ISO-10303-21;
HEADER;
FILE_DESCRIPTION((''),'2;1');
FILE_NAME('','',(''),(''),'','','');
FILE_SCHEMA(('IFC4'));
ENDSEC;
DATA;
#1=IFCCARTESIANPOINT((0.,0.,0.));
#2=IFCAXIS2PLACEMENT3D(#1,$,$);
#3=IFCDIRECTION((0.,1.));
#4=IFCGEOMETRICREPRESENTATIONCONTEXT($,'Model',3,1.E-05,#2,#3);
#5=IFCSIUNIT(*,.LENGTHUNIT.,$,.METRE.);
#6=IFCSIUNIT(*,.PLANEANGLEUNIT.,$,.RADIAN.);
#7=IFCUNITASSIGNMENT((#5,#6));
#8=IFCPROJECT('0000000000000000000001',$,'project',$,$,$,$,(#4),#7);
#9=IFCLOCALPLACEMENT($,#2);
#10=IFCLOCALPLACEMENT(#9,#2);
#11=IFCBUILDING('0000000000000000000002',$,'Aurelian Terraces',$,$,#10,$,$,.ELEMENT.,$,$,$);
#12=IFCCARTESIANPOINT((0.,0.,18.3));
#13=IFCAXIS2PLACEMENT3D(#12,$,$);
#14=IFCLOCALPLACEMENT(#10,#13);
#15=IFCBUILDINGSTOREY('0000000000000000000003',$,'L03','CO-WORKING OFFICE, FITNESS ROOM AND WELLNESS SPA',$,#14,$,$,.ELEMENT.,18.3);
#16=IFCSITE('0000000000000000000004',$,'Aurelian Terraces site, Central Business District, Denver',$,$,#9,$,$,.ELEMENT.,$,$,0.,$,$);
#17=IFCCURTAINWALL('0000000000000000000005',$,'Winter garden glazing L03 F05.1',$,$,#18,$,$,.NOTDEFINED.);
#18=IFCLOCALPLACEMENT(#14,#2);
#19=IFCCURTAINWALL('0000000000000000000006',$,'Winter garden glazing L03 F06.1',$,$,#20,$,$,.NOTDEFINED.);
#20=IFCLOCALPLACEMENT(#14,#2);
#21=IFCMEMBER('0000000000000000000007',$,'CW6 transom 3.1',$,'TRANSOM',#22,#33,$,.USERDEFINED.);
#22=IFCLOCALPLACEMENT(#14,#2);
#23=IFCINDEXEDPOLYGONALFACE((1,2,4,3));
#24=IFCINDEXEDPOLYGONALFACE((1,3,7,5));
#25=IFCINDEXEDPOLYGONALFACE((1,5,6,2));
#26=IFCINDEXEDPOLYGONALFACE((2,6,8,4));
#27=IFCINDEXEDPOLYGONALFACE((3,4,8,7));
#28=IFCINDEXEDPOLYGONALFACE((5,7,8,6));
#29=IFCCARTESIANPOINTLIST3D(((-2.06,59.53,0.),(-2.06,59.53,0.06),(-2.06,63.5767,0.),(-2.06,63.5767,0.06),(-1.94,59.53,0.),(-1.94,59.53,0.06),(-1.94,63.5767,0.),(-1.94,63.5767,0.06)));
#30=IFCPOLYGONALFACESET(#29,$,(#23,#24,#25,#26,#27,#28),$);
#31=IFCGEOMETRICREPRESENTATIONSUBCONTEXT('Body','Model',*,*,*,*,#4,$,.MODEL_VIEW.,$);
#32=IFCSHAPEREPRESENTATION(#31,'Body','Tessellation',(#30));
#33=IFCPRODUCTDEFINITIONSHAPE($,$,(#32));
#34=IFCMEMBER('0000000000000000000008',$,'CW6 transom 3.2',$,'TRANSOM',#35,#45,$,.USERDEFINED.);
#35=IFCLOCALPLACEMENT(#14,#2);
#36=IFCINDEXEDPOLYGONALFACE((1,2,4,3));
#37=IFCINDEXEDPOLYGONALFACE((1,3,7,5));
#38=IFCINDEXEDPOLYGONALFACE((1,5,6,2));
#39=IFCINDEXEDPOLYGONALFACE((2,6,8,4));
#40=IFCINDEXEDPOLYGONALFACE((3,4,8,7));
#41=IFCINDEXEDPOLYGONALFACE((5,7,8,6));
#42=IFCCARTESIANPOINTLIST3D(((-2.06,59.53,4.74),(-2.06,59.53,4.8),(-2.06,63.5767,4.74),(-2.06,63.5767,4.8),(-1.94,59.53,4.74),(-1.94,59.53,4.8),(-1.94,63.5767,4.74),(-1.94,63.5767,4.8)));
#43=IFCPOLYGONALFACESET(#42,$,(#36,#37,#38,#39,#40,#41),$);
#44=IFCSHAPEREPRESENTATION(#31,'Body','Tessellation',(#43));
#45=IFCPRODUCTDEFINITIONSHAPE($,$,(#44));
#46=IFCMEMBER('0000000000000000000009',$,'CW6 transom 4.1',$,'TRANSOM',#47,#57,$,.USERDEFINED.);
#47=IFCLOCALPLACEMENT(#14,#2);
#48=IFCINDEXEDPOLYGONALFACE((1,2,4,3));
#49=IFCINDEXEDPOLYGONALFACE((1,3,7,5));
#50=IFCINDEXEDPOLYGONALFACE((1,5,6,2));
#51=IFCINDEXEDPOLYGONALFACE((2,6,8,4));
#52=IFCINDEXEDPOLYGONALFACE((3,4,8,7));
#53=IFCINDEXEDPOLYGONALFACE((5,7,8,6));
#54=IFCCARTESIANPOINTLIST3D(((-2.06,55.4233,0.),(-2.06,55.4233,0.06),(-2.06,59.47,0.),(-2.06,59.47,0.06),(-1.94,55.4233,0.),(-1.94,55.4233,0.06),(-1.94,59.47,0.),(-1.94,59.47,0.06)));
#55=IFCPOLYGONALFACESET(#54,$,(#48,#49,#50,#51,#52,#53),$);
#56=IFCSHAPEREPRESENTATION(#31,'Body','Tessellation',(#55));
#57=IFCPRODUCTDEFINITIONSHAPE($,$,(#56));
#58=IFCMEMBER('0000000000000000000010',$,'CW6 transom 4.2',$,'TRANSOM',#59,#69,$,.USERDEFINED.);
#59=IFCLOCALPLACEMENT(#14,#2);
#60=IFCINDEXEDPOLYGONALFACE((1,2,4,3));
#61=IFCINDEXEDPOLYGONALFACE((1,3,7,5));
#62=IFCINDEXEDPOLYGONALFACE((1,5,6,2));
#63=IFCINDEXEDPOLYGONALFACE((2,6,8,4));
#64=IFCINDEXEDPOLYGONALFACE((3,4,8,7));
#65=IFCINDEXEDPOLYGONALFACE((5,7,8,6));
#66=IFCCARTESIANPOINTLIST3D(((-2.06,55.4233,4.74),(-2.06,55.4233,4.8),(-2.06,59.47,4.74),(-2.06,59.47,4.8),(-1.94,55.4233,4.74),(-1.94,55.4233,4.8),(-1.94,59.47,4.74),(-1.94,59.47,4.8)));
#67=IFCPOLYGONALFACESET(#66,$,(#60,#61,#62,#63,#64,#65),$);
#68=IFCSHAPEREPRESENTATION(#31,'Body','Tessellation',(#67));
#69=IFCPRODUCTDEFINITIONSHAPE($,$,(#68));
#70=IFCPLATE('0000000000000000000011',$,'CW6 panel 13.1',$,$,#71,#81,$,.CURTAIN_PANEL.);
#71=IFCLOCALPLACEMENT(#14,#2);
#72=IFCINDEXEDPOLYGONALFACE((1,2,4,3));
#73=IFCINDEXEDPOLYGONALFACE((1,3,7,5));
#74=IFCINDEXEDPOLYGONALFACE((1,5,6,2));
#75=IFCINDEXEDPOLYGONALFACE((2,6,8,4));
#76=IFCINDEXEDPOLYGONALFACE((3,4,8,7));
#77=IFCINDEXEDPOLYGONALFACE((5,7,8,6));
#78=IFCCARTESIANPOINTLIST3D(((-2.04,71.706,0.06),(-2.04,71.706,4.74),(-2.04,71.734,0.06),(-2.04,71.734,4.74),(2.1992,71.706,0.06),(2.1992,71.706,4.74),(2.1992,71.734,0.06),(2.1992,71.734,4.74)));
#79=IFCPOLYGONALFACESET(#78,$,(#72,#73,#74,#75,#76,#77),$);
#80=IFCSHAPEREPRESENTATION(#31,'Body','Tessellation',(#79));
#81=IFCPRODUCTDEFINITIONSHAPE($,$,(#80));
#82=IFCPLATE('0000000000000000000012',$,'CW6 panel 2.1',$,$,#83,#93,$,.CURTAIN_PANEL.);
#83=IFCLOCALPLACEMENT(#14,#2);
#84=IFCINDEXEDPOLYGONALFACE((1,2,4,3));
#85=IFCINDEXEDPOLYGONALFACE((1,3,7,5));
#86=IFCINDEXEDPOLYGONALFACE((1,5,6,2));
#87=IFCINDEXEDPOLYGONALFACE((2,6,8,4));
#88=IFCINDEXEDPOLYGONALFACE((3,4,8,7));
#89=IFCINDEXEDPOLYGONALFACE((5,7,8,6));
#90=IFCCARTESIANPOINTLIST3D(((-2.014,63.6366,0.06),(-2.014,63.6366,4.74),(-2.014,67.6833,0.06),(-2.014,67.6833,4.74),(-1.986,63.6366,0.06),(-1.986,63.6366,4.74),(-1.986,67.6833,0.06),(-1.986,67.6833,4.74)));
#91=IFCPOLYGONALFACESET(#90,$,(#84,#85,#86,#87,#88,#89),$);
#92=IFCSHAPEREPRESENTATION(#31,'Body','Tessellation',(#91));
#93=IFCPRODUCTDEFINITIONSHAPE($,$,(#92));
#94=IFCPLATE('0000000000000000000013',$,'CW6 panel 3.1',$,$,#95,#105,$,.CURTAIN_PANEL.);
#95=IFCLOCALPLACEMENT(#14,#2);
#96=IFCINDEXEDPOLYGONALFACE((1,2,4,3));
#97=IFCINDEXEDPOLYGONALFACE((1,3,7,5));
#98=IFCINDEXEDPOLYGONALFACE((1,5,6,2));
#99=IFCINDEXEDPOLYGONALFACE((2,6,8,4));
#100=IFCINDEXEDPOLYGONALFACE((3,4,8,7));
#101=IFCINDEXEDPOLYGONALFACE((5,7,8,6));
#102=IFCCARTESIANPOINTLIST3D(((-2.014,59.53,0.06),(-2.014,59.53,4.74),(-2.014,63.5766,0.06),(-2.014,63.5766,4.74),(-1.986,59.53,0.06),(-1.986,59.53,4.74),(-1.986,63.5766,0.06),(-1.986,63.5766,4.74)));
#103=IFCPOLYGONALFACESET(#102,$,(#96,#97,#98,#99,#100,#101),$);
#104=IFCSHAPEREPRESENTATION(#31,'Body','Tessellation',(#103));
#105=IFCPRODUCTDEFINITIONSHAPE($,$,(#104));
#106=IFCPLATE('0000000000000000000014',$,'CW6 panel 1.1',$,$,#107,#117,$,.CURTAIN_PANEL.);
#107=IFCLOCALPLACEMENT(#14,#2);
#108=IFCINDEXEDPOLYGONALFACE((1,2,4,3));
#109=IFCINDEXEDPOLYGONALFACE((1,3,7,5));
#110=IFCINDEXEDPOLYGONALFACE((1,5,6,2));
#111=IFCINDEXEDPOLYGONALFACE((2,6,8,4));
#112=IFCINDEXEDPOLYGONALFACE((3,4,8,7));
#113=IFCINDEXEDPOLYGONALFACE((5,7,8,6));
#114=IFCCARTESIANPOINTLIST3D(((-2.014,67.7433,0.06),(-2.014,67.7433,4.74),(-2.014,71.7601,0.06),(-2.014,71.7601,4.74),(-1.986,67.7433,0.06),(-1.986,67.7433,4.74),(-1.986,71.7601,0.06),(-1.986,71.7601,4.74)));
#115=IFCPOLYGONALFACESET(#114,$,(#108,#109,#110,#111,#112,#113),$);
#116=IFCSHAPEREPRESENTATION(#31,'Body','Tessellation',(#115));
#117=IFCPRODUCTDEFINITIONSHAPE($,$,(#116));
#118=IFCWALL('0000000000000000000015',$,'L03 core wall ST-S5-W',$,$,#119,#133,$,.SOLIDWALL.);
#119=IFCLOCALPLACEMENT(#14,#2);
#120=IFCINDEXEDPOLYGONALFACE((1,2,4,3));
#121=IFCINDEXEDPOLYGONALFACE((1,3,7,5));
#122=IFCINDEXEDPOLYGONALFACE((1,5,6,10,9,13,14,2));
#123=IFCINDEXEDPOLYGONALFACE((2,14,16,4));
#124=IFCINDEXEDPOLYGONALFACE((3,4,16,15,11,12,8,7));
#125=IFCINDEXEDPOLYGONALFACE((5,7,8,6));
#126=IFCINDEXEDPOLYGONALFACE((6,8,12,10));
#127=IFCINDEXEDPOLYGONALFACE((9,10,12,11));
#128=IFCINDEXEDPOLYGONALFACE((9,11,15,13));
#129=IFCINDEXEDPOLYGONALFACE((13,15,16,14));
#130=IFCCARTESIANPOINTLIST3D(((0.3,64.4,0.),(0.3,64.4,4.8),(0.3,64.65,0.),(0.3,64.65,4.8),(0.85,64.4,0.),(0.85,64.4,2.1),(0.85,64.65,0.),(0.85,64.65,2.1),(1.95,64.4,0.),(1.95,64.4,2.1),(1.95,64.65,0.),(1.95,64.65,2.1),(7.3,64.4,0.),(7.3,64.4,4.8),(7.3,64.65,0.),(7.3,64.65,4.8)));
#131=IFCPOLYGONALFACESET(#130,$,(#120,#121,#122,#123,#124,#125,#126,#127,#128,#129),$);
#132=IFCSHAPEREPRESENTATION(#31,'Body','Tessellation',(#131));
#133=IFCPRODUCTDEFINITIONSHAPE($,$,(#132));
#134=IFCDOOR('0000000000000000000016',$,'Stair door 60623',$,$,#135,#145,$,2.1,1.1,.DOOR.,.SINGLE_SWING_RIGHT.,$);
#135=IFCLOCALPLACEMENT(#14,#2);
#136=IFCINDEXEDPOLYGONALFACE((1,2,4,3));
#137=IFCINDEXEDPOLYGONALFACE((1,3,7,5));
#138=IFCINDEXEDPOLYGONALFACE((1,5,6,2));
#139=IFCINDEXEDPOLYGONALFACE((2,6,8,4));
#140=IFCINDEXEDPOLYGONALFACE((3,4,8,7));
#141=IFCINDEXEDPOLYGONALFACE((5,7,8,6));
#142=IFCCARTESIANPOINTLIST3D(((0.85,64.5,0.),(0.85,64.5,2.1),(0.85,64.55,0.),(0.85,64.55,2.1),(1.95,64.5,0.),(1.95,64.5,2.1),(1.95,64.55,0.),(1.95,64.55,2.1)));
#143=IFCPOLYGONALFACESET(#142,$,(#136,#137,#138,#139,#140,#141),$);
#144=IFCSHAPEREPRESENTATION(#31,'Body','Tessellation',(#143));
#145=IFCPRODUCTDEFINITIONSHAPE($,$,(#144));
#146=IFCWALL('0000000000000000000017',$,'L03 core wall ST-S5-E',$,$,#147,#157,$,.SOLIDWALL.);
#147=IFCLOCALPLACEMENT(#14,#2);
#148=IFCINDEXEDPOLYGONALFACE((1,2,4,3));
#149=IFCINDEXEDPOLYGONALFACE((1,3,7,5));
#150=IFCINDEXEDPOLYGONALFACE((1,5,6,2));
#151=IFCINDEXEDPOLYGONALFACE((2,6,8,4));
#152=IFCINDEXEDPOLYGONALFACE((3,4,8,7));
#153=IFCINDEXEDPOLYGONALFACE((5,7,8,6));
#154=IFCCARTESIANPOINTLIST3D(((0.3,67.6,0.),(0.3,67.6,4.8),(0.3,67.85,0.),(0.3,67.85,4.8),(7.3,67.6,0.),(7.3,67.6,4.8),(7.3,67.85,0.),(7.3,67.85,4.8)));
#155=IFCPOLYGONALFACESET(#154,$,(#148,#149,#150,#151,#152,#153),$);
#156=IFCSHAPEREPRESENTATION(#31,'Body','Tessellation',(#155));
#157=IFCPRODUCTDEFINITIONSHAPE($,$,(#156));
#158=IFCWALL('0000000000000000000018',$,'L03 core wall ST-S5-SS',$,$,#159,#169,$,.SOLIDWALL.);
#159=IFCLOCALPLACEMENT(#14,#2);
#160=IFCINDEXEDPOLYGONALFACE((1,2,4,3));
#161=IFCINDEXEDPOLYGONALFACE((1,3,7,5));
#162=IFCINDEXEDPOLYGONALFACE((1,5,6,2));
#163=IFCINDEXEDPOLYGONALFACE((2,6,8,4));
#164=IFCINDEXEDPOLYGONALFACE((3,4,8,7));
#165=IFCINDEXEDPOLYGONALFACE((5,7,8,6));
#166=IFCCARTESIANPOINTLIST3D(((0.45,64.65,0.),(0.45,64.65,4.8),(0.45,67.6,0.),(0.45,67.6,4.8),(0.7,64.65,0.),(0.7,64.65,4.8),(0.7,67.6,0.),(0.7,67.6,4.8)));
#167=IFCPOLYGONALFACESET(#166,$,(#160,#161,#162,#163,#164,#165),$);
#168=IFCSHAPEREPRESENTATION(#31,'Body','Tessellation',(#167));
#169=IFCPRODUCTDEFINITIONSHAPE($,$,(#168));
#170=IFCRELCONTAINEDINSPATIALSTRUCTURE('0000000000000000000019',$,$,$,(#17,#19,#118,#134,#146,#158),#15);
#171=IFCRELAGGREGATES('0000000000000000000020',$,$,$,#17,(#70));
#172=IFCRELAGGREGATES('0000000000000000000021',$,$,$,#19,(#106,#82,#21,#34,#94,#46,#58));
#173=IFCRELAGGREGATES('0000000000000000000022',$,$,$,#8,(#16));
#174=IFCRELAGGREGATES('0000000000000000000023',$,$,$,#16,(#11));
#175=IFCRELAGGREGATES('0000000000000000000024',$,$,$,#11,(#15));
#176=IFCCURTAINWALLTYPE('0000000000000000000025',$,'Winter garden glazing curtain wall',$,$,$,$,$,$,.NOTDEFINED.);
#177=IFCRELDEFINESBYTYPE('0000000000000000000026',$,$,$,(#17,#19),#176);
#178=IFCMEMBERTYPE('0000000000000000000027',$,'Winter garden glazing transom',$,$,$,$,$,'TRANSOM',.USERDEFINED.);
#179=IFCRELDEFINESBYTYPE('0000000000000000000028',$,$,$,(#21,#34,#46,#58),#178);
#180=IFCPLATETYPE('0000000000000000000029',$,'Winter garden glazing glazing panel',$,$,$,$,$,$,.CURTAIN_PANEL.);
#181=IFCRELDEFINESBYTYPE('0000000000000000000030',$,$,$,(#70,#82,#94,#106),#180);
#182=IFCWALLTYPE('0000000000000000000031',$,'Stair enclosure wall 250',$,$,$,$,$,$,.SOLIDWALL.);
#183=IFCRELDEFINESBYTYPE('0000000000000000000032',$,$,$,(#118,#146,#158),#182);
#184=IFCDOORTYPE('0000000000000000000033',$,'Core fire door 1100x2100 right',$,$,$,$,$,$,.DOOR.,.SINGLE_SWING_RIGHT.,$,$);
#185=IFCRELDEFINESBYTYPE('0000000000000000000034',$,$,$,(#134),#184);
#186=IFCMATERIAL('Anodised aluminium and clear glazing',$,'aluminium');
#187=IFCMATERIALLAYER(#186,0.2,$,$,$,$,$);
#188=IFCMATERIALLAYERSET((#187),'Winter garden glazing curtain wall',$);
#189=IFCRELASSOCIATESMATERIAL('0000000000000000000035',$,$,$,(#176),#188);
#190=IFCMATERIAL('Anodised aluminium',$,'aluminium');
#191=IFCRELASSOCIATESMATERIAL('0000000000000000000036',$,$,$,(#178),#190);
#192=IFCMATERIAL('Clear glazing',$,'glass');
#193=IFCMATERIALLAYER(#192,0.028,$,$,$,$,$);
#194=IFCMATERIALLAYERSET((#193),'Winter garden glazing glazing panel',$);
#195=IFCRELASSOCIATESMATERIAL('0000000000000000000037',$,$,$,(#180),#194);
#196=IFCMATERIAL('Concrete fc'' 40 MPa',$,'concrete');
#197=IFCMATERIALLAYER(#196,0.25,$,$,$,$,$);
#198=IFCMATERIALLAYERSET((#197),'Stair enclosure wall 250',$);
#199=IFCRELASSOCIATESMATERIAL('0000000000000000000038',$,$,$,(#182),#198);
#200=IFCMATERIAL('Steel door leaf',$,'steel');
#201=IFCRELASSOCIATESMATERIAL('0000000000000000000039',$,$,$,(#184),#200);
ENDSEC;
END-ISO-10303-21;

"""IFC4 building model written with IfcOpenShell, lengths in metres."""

from ifc_helpers import new_model, si_unit, direction, frame, frame_2d, origin, origin_2d, place, context, subcontext, project, spatial, rectangle, extrude, source, transform, mapped, material, layer, layer_set, material_profile, profile_set, type_object, element, fill, aggregate, save


model = new_model("IFC4")

# Units and contexts
model_context = context("Model", 3, precision=1e-05, world=origin(), true_north=direction((0.0, 1.0)))
body_context = subcontext(model_context, "Body", "Model", "MODEL_VIEW")
ifc_project = project(units=[si_unit("LENGTHUNIT", "METRE"), si_unit("PLANEANGLEUNIT", "RADIAN")], contexts=[model_context])

# Site, building, storey
site_placement = place(None, origin())
site = spatial("IfcSite", under=ifc_project, at=site_placement, Name="Aurelian Terraces site, Central Business District, Denver", CompositionType="ELEMENT", RefElevation=0.0)
building_placement = place(site_placement, origin())
building = spatial("IfcBuilding", under=site, at=building_placement, Name="Aurelian Terraces", CompositionType="ELEMENT")
storey_placement = place(building_placement, frame((0.0, 0.0, 18.3)))
storey = spatial("IfcBuildingStorey", under=building, at=storey_placement, Name="L03", Description="CO-WORKING OFFICE, FITNESS ROOM AND WELLNESS SPA", CompositionType="ELEMENT", Elevation=18.3)

# Curtain walls
ifc_material_1 = material(Name="Anodised aluminium and clear glazing", Category="aluminium")
ifc_layer_1 = layer(ifc_material_1, 0.2)
ifc_layer_set_1 = layer_set([ifc_layer_1], Name="Winter garden glazing curtain wall")
curtain_wall_type = type_object("IfcCurtainWallType", Name="Winter garden glazing curtain wall", PredefinedType="NOTDEFINED", material=ifc_layer_set_1)
curtain_wall_1_placement = place(storey_placement, origin())
curtain_wall_1 = element("IfcCurtainWall", 1, at=curtain_wall_1_placement, inside=storey, type_object=curtain_wall_type, Name="Winter garden glazing L03 F05.1", PredefinedType="NOTDEFINED")
ifc_material_2 = material(Name="Anodised aluminium", Category="aluminium")
curtain_wall_2_placement = place(storey_placement, origin())
curtain_wall_2 = element("IfcCurtainWall", 2, at=curtain_wall_2_placement, inside=storey, type_object=curtain_wall_type, Name="Winter garden glazing L03 F06.1", PredefinedType="NOTDEFINED")

# Members
ifc_material_profile_1 = material_profile(ifc_material_2, rectangle(XDim=0.12, YDim=0.06, at=origin_2d()))
ifc_profile_set_1 = profile_set([ifc_material_profile_1], Name="Anodised aluminium")
member_type_1 = type_object("IfcMemberType", Name="Winter garden glazing transom", ElementType="TRANSOM", PredefinedType="USERDEFINED", material=ifc_profile_set_1)
shared_shape_1 = source(origin(), body_context, "Body", "SweptSolid", [
    extrude(rectangle(XDim=0.12, YDim=0.06, at=origin_2d()), origin(), (0.0, 0.0, 1.0), 4.0467),
])
member_1_placement = place(storey_placement, frame((-2.0, 63.5767, 0.03), z_axis=(0.0, -1.0, 0.0), x_axis=(1.0, 0.0, 0.0)))
member_1 = element("IfcMember", 3, at=member_1_placement, type_object=member_type_1, Name="CW6 transom 3.1", ObjectType="TRANSOM", PredefinedType="USERDEFINED", context=body_context, shape_type="MappedRepresentation", body=[
    mapped(shared_shape_1, transform((0.0, 0.0, 0.0), scale=1.0)),
])
member_2_placement = place(storey_placement, frame((-2.0, 63.5767, 4.77), z_axis=(0.0, -1.0, 0.0), x_axis=(1.0, 0.0, 0.0)))
member_2 = element("IfcMember", 4, at=member_2_placement, type_object=member_type_1, Name="CW6 transom 3.2", ObjectType="TRANSOM", PredefinedType="USERDEFINED", context=body_context, shape_type="MappedRepresentation", body=[
    mapped(shared_shape_1, transform((0.0, 0.0, 0.0), scale=1.0)),
])
member_3_placement = place(storey_placement, frame((-2.0, 59.47, 0.03), z_axis=(0.0, -1.0, 0.0), x_axis=(1.0, 0.0, 0.0)))
member_3 = element("IfcMember", 5, at=member_3_placement, type_object=member_type_1, Name="CW6 transom 4.1", ObjectType="TRANSOM", PredefinedType="USERDEFINED", context=body_context, shape_type="MappedRepresentation", body=[
    mapped(shared_shape_1, transform((0.0, 0.0, 0.0), scale=1.0)),
])
member_4_placement = place(storey_placement, frame((-2.0, 59.47, 4.77), z_axis=(0.0, -1.0, 0.0), x_axis=(1.0, 0.0, 0.0)))
member_4 = element("IfcMember", 6, at=member_4_placement, type_object=member_type_1, Name="CW6 transom 4.2", ObjectType="TRANSOM", PredefinedType="USERDEFINED", context=body_context, shape_type="MappedRepresentation", body=[
    mapped(shared_shape_1, transform((0.0, 0.0, 0.0), scale=1.0)),
])

# Plates
ifc_material_3 = material(Name="Clear glazing", Category="glass")
ifc_layer_2 = layer(ifc_material_3, 0.028)
ifc_layer_set_2 = layer_set([ifc_layer_2], Name="Winter garden glazing glazing panel")
plate_type = type_object("IfcPlateType", Name="Winter garden glazing glazing panel", PredefinedType="CURTAIN_PANEL", material=ifc_layer_set_2)
shared_shape_2 = source(origin(), body_context, "Body", "SweptSolid", [
    extrude(rectangle(XDim=4.2392, YDim=0.028, at=origin_2d()), origin(), (0.0, 0.0, 1.0), 4.68),
])
plate_1_placement = place(storey_placement, frame((0.0796, 71.72, 0.06), z_axis=(0.0, 0.0, 1.0), x_axis=(-1.0, 0.0, 0.0)))
plate_1 = element("IfcPlate", 7, at=plate_1_placement, type_object=plate_type, Name="CW6 panel 13.1", PredefinedType="CURTAIN_PANEL", context=body_context, shape_type="MappedRepresentation", body=[
    mapped(shared_shape_2, transform((0.0, 0.0, 0.0), scale=1.0)),
])
aggregate(curtain_wall_1, [plate_1])
shared_shape_3 = source(origin(), body_context, "Body", "SweptSolid", [
    extrude(rectangle(XDim=4.0467, YDim=0.028, at=origin_2d()), origin(), (0.0, 0.0, 1.0), 4.68),
])
plate_2_placement = place(storey_placement, frame((-2.0, 65.66, 0.06), z_axis=(0.0, 0.0, 1.0), x_axis=(0.0, -1.0, 0.0)))
plate_2 = element("IfcPlate", 8, at=plate_2_placement, type_object=plate_type, Name="CW6 panel 2.1", PredefinedType="CURTAIN_PANEL", context=body_context, shape_type="MappedRepresentation", body=[
    mapped(shared_shape_3, transform((0.0, 0.0, 0.0), scale=1.0)),
])
plate_3_placement = place(storey_placement, frame((-2.0, 61.5533, 0.06), z_axis=(0.0, 0.0, 1.0), x_axis=(0.0, -1.0, 0.0)))
plate_3 = element("IfcPlate", 9, at=plate_3_placement, type_object=plate_type, Name="CW6 panel 3.1", PredefinedType="CURTAIN_PANEL", context=body_context, shape_type="MappedRepresentation", body=[
    mapped(shared_shape_3, transform((0.0, 0.0, 0.0), scale=1.0)),
])
shared_shape_4 = source(origin(), body_context, "Body", "SweptSolid", [
    extrude(rectangle(XDim=4.0167, YDim=0.028, at=origin_2d()), origin(), (0.0, 0.0, 1.0), 4.68),
])
plate_4_placement = place(storey_placement, frame((-2.0, 69.7517, 0.06), z_axis=(0.0, 0.0, 1.0), x_axis=(0.0, -1.0, 0.0)))
plate_4 = element("IfcPlate", 10, at=plate_4_placement, type_object=plate_type, Name="CW6 panel 1.1", PredefinedType="CURTAIN_PANEL", context=body_context, shape_type="MappedRepresentation", body=[
    mapped(shared_shape_4, transform((0.0, 0.0, 0.0), scale=1.0)),
])
aggregate(curtain_wall_2, [plate_4, plate_2, member_1, member_2, plate_3, member_3, member_4])

# Wall, opening, door
ifc_material_4 = material(Name="Concrete fc' 40 MPa", Category="concrete")
ifc_layer_3 = layer(ifc_material_4, 0.25)
ifc_layer_set_3 = layer_set([ifc_layer_3], Name="Stair enclosure wall 250")
wall_type_1 = type_object("IfcWallType", Name="Stair enclosure wall 250", PredefinedType="SOLIDWALL", material=ifc_layer_set_3)
shared_shape_5 = source(origin(), body_context, "Body", "SweptSolid", [
    extrude(rectangle(XDim=7.0, YDim=0.25, at=frame_2d((3.5, 0.0))), origin(), (0.0, 0.0, 1.0), 4.8),
])
wall_1_placement = place(storey_placement, frame((0.3, 64.525, 0.0), z_axis=(0.0, 0.0, 1.0), x_axis=(1.0, 0.0, 0.0)))
wall_1 = element("IfcWall", 11, at=wall_1_placement, inside=storey, type_object=wall_type_1, Name="L03 core wall ST-S5-W", PredefinedType="SOLIDWALL", context=body_context, shape_type="MappedRepresentation", body=[
    mapped(shared_shape_5, transform((0.0, 0.0, 0.0), scale=1.0)),
])
shared_shape_6 = source(origin(), body_context, "Body", "SweptSolid", [
    extrude(rectangle(XDim=1.1, YDim=2.1, at=frame_2d((0.55, 1.05))), frame((0.0, 0.135, 0.0), z_axis=(0.0, -1.0, 0.0), x_axis=(1.0, 0.0, 0.0)), (0.0, 0.0, 1.0), 0.27),
])
opening_placement = place(wall_1_placement, frame((0.55, 0.0, 0.0)))
opening = element("IfcOpeningElement", 12, at=opening_placement, cuts=wall_1, PredefinedType="OPENING", context=body_context, shape_type="MappedRepresentation", body=[
    mapped(shared_shape_6, transform((0.0, 0.0, 0.0), scale=1.0)),
])
ifc_material_5 = material(Name="Steel door leaf", Category="steel")
door_type = type_object("IfcDoorType", Name="Core fire door 1100x2100 right", OperationType="SINGLE_SWING_RIGHT", PredefinedType="DOOR", material=ifc_material_5)
shared_shape_7 = source(origin(), body_context, "Body", "SweptSolid", [
    extrude(rectangle(XDim=1.1, YDim=2.1, at=frame_2d((0.55, 1.05))), frame((0.0, 0.025, 0.0), z_axis=(0.0, -1.0, 0.0), x_axis=(1.0, 0.0, 0.0)), (0.0, 0.0, 1.0), 0.05),
])
door_placement = place(opening_placement, origin())
door = element("IfcDoor", 13, at=door_placement, inside=storey, type_object=door_type, Name="Stair door 60623", OperationType="SINGLE_SWING_RIGHT", OverallHeight=2.1, OverallWidth=1.1, PredefinedType="DOOR", context=body_context, shape_type="MappedRepresentation", body=[
    mapped(shared_shape_7, transform((0.0, 0.0, 0.0), scale=1.0)),
])
fill(opening, door)

# Walls
wall_2_placement = place(storey_placement, frame((0.3, 67.725, 0.0), z_axis=(0.0, 0.0, 1.0), x_axis=(1.0, 0.0, 0.0)))
element("IfcWall", 14, at=wall_2_placement, inside=storey, type_object=wall_type_1, Name="L03 core wall ST-S5-E", PredefinedType="SOLIDWALL", context=body_context, shape_type="MappedRepresentation", body=[
    mapped(shared_shape_5, transform((0.0, 0.0, 0.0), scale=1.0)),
])
shared_shape_8 = source(origin(), body_context, "Body", "SweptSolid", [
    extrude(rectangle(XDim=2.95, YDim=0.25, at=frame_2d((1.475, 0.0))), origin(), (0.0, 0.0, 1.0), 4.8),
])
wall_3_placement = place(storey_placement, frame((0.575, 64.65, 0.0), z_axis=(0.0, 0.0, 1.0), x_axis=(0.0, 1.0, 0.0)))
element("IfcWall", 15, at=wall_3_placement, inside=storey, type_object=wall_type_1, Name="L03 core wall ST-S5-SS", PredefinedType="SOLIDWALL", context=body_context, shape_type="MappedRepresentation", body=[
    mapped(shared_shape_8, transform((0.0, 0.0, 0.0), scale=1.0)),
])

save(model, "model.ifc")
